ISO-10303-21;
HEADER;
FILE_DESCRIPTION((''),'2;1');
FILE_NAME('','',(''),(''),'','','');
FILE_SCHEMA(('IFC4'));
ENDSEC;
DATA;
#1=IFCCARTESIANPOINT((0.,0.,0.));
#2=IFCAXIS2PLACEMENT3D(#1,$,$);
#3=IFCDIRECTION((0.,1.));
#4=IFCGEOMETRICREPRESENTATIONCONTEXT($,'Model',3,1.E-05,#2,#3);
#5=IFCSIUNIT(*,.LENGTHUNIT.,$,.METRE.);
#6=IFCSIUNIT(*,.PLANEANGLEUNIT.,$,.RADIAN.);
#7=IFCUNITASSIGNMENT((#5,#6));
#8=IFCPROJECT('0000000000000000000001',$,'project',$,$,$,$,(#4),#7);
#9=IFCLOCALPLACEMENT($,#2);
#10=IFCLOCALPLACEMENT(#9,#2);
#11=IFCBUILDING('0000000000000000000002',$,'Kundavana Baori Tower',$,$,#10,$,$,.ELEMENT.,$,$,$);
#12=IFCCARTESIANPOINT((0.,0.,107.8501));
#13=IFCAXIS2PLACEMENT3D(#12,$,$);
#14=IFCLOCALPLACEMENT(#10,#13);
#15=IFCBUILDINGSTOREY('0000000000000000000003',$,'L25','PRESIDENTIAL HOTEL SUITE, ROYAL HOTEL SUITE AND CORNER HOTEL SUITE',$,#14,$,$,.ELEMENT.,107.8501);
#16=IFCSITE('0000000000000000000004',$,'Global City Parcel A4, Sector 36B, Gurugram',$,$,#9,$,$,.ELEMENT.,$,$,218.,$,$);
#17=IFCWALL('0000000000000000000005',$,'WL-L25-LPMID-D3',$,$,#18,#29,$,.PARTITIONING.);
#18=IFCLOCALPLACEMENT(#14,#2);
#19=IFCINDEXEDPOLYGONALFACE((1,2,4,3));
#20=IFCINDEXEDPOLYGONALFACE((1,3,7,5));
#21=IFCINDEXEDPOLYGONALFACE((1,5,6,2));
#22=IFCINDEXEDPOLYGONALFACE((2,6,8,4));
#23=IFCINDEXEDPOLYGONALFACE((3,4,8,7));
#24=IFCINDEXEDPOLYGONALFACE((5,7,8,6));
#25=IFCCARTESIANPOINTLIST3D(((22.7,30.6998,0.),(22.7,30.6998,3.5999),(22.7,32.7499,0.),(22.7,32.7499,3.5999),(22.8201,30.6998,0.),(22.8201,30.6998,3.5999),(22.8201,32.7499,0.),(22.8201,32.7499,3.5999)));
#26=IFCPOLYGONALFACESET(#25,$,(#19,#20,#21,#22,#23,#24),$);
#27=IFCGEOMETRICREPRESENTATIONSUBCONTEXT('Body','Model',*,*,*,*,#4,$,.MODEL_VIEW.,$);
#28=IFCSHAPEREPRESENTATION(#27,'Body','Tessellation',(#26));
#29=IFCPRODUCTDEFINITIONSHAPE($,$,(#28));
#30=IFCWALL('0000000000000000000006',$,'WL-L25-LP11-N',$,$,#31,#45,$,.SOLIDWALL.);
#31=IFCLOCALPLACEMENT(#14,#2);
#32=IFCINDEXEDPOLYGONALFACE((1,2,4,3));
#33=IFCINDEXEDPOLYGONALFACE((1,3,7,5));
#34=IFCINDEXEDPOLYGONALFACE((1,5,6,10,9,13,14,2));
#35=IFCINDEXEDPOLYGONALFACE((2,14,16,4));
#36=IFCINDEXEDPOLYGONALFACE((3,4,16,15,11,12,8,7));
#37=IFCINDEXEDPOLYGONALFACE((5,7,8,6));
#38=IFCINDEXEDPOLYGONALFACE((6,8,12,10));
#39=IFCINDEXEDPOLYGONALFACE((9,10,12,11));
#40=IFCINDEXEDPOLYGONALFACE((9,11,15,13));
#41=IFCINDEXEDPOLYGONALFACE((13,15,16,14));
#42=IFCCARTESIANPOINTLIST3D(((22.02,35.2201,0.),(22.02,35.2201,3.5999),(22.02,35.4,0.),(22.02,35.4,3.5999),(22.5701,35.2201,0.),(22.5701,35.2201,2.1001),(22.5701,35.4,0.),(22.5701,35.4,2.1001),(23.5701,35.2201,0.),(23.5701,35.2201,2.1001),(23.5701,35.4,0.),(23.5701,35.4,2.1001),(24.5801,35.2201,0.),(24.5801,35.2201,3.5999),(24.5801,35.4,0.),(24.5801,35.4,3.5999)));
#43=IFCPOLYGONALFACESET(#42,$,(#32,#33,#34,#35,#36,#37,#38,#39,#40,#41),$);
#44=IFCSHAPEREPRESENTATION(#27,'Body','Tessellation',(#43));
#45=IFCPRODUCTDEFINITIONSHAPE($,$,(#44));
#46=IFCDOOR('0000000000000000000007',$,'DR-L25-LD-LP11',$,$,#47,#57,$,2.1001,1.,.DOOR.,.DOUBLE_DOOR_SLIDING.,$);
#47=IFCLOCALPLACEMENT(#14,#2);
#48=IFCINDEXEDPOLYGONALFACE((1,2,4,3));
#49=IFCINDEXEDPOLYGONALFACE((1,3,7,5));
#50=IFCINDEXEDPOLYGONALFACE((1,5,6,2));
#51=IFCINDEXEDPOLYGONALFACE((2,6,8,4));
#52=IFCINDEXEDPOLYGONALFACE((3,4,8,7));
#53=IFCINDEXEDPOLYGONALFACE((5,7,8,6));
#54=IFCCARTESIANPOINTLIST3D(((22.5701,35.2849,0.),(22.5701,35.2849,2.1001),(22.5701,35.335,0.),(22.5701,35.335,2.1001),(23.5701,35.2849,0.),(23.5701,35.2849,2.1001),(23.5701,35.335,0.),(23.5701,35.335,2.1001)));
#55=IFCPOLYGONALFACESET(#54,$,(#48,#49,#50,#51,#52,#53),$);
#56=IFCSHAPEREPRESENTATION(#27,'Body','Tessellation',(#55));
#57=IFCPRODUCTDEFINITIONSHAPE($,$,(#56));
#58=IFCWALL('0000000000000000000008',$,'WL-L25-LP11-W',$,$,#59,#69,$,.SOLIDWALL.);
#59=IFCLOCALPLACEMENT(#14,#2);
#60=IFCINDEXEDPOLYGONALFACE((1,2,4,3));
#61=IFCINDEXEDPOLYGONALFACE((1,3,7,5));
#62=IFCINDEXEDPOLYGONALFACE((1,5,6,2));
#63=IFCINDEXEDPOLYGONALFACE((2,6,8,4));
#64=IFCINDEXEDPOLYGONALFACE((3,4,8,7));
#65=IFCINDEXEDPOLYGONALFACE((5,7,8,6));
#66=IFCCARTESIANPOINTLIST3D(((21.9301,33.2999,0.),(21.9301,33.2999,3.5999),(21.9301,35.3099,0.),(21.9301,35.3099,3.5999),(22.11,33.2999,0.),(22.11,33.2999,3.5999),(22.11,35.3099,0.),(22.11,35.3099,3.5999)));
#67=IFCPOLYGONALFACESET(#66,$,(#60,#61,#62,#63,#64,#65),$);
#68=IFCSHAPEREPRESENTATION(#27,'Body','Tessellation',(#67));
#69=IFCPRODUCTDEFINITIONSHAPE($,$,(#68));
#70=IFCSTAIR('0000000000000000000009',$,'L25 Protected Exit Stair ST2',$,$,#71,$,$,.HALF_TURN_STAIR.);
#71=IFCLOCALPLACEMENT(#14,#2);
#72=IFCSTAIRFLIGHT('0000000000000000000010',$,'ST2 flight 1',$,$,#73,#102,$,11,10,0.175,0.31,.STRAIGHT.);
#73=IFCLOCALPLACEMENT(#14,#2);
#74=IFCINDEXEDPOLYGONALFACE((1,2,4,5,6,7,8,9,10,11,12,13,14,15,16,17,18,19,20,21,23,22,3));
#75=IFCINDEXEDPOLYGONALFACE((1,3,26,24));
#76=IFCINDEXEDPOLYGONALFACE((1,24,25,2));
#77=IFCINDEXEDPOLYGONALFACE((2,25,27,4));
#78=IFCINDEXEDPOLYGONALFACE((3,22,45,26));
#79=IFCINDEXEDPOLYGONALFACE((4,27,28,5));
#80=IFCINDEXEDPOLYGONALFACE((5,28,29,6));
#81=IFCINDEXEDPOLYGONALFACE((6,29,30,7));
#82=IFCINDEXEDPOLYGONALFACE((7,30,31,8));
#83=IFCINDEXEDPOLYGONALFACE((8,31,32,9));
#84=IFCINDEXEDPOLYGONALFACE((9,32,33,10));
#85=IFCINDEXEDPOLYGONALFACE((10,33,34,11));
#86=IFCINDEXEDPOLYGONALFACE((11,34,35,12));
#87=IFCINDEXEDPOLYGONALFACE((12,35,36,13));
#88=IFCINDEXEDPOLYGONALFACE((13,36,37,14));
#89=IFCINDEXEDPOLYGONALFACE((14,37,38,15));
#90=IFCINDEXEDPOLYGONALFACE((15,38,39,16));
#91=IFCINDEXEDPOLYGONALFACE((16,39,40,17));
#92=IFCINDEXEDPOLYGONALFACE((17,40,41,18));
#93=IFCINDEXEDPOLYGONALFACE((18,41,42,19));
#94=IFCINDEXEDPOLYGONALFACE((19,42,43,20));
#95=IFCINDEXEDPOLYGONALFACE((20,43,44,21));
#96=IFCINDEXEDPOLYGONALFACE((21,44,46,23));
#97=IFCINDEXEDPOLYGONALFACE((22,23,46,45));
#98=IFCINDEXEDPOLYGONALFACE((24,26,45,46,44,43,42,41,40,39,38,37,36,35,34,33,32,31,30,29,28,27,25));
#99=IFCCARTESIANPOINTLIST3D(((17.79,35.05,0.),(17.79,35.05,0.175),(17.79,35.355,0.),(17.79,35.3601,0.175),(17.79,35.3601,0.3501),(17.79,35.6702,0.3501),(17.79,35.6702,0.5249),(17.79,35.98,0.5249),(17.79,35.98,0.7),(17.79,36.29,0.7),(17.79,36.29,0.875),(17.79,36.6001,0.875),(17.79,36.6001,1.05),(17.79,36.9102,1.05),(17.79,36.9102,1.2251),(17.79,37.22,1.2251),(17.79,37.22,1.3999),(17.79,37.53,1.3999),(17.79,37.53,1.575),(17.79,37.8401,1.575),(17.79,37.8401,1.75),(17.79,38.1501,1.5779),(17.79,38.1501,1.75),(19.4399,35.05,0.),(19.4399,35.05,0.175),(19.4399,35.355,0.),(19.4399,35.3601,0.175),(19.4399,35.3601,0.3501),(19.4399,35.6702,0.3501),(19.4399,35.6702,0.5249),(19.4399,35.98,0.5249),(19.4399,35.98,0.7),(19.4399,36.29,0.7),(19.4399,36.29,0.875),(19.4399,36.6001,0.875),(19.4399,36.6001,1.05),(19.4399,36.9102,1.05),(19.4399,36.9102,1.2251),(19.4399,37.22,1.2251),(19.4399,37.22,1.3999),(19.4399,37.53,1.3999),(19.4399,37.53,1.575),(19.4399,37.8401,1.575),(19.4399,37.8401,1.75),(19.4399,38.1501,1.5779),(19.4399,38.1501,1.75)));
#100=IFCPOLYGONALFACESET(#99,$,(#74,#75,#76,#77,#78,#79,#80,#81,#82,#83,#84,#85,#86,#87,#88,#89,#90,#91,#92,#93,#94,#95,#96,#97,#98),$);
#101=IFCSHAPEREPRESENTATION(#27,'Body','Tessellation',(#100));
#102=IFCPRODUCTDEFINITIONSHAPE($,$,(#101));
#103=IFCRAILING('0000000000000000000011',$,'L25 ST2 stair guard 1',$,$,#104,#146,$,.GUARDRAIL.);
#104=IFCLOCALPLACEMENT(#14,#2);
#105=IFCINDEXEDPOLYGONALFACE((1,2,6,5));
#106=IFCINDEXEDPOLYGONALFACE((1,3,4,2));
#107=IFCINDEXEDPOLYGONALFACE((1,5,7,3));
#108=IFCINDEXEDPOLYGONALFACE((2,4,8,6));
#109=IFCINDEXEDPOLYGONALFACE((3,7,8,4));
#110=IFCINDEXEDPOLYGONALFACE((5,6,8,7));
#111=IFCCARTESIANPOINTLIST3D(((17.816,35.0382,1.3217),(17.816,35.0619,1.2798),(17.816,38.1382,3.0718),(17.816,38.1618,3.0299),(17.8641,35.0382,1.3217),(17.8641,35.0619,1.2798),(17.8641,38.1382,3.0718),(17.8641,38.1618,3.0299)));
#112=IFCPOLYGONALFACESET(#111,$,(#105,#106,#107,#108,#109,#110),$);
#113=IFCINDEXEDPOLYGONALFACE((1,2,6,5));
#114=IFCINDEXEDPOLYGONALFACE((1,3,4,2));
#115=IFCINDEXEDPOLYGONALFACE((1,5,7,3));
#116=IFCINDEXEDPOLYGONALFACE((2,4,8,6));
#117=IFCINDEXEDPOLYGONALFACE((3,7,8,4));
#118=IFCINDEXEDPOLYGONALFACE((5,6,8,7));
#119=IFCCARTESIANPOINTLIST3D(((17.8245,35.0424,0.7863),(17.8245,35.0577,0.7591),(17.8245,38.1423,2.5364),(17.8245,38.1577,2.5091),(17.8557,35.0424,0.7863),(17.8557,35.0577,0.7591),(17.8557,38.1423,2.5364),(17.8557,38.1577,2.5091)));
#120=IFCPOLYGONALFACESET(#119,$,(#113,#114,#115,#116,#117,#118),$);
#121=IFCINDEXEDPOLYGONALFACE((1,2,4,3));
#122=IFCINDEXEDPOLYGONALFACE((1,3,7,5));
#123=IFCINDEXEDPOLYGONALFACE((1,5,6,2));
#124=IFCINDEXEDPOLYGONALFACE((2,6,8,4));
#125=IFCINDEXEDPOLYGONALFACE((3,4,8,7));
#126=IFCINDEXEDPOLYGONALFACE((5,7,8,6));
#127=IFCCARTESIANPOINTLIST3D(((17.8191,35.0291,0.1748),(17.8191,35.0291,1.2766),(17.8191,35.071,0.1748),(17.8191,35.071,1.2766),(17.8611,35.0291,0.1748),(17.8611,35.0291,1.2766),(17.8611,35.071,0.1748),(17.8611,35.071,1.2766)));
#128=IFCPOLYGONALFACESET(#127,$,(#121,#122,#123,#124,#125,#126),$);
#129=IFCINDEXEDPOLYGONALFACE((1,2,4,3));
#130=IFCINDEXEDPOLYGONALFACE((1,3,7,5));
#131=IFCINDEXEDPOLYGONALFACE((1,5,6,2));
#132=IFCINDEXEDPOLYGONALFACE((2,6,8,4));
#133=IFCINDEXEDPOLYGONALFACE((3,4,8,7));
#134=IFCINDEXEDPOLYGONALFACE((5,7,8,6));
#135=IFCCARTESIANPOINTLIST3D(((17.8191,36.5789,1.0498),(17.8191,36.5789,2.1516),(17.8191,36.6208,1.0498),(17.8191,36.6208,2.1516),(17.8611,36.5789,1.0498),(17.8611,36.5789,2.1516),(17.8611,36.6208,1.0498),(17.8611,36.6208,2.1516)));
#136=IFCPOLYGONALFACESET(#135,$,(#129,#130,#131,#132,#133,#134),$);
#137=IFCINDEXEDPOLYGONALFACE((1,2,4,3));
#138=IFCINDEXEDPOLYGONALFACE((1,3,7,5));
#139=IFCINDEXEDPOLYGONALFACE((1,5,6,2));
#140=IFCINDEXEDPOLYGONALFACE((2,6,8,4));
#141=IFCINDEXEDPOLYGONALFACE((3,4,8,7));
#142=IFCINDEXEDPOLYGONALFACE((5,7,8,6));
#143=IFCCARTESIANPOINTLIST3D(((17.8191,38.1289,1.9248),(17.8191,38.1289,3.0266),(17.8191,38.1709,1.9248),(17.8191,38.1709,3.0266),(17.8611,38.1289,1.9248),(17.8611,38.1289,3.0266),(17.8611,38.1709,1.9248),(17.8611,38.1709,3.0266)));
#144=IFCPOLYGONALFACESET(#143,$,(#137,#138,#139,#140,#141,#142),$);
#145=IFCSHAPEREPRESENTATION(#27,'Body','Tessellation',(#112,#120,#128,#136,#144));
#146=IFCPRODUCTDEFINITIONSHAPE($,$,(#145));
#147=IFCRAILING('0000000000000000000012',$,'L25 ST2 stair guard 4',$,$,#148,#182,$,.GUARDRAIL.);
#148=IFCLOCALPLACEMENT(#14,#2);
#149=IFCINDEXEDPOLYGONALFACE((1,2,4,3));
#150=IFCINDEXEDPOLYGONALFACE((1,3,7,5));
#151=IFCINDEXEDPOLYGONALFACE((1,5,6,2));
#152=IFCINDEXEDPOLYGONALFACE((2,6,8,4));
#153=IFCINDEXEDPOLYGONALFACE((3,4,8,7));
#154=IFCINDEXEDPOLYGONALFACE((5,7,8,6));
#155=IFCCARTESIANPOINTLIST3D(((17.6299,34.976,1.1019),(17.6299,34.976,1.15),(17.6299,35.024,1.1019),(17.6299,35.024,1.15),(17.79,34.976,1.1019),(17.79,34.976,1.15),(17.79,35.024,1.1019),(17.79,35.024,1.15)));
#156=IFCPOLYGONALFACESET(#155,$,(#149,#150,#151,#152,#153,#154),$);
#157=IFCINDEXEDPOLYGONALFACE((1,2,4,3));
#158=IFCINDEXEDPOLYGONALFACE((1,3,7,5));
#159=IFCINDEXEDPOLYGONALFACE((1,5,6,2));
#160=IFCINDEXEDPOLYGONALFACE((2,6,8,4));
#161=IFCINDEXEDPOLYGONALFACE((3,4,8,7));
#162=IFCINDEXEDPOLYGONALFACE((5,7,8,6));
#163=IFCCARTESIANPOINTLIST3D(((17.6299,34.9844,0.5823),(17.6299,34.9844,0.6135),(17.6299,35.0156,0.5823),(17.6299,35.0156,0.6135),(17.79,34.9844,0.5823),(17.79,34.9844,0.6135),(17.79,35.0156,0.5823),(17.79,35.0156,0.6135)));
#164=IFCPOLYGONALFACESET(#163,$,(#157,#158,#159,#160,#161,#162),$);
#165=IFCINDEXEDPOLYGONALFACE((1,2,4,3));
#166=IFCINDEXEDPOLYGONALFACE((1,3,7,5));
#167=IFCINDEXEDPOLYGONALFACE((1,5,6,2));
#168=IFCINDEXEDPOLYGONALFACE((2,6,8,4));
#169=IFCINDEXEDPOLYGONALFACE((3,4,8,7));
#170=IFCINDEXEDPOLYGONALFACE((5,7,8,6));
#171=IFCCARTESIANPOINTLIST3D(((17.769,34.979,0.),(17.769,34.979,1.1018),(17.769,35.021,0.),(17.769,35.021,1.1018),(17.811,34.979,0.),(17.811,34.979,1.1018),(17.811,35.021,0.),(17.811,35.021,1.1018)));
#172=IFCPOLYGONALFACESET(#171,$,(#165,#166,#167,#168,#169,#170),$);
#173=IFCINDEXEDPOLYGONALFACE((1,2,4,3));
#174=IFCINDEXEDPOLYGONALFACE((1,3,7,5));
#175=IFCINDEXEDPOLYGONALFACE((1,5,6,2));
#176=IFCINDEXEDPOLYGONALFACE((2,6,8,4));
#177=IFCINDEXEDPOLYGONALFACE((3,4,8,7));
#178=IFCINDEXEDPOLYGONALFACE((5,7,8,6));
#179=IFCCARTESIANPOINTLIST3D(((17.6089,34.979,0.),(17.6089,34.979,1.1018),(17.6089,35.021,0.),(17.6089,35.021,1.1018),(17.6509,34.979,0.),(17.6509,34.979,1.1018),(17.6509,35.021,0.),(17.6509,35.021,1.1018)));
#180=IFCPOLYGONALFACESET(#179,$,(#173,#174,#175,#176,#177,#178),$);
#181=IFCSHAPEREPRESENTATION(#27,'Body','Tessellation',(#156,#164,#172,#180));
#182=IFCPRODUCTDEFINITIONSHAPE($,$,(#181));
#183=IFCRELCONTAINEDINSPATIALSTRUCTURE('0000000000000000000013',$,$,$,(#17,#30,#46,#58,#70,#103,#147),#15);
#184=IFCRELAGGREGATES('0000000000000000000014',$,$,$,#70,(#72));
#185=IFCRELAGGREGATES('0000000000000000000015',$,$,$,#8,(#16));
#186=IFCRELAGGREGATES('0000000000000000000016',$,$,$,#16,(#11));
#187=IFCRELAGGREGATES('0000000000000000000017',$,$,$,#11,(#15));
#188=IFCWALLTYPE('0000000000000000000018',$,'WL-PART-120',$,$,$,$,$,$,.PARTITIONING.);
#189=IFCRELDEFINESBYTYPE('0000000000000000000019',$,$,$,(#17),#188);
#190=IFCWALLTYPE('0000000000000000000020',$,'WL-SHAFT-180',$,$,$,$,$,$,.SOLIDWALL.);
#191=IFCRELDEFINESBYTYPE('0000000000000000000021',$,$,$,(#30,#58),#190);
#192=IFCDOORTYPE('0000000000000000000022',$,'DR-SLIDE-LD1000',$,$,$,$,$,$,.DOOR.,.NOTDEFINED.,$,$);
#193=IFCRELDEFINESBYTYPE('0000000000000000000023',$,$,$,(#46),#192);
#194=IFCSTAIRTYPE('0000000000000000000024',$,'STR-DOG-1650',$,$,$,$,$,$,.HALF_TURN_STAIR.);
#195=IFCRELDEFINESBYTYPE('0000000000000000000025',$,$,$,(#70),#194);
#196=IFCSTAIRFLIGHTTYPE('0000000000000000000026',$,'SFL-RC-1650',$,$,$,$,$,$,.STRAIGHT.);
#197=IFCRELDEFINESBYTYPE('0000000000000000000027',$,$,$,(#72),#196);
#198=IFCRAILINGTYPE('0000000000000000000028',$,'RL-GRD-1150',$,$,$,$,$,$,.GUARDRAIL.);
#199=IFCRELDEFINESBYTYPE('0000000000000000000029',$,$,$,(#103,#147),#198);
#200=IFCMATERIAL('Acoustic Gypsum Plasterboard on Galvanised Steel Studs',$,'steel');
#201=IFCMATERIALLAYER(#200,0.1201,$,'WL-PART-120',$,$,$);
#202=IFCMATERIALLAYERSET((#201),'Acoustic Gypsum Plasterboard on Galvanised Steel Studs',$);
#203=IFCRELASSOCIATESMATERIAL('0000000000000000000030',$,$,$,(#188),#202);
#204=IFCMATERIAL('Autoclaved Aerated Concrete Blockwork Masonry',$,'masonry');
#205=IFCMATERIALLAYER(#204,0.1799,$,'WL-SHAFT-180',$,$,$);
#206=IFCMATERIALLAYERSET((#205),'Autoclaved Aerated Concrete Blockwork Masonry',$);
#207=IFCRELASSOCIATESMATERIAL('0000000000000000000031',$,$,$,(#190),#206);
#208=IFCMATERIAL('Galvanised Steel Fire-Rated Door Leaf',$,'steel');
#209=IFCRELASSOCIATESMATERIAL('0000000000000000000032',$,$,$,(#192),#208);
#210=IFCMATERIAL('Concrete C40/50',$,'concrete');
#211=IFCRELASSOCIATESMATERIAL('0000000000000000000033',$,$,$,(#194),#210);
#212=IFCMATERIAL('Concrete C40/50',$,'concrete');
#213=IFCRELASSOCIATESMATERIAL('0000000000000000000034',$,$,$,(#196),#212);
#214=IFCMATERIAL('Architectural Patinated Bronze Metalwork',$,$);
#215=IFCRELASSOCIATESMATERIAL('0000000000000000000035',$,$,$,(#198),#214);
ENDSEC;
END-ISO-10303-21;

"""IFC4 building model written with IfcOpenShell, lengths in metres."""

from ifc_helpers import new_model, si_unit, direction, frame, frame_2d, origin, origin_2d, place, context, subcontext, project, spatial, polyline, rectangle, outline, extrude, material, layer, layer_set, type_object, element, fill, aggregate, save


model = new_model("IFC4")

# Units and contexts
model_context = context("Model", 3, precision=1e-05, world=origin(), true_north=direction((0.0, 1.0)))
body_context = subcontext(model_context, "Body", "Model", "MODEL_VIEW")
ifc_project = project(units=[si_unit("LENGTHUNIT", "METRE"), si_unit("PLANEANGLEUNIT", "RADIAN")], contexts=[model_context])

# Site, building, storey
site_placement = place(None, origin())
site = spatial("IfcSite", under=ifc_project, at=site_placement, Name="Global City Parcel A4, Sector 36B, Gurugram", CompositionType="ELEMENT", RefElevation=218.0)
building_placement = place(site_placement, origin())
building = spatial("IfcBuilding", under=site, at=building_placement, Name="Kundavana Baori Tower", CompositionType="ELEMENT")
storey_placement = place(building_placement, frame((0.0, 0.0, 107.8501)))
storey = spatial("IfcBuildingStorey", under=building, at=storey_placement, Name="L25", Description="PRESIDENTIAL HOTEL SUITE, ROYAL HOTEL SUITE AND CORNER HOTEL SUITE", CompositionType="ELEMENT", Elevation=107.8501)

# Wall
ifc_material_1 = material(Name="Acoustic Gypsum Plasterboard on Galvanised Steel Studs", Category="steel")
ifc_layer_1 = layer(ifc_material_1, 0.1201, Name="WL-PART-120")
ifc_layer_set_1 = layer_set([ifc_layer_1], Name="Acoustic Gypsum Plasterboard on Galvanised Steel Studs")
wall_type_1 = type_object("IfcWallType", Name="WL-PART-120", PredefinedType="PARTITIONING", material=ifc_layer_set_1)
for number, where, z_axis, x_axis, name in (
    (1, (22.76, 30.7, 0.0), (0.0, 0.0, 1.0), (0.0, 1.0, 0.0), "WL-L25-LPMID-D3"),
):
    element("IfcWall", number, at=place(storey_placement, frame(where, z_axis=z_axis, x_axis=x_axis)), inside=storey, type_object=wall_type_1, Name=name, PredefinedType="PARTITIONING", context=body_context, shape_type="SweptSolid", body=[
        extrude(rectangle(XDim=2.05, YDim=0.1201, at=frame_2d((1.0249, 0.0))), origin(), (0.0, 0.0, 1.0), 3.5999),
    ])

# Wall, opening, door
ifc_material_2 = material(Name="Autoclaved Aerated Concrete Blockwork Masonry", Category="masonry")
ifc_layer_2 = layer(ifc_material_2, 0.1799, Name="WL-SHAFT-180")
ifc_layer_set_2 = layer_set([ifc_layer_2], Name="Autoclaved Aerated Concrete Blockwork Masonry")
wall_type_2 = type_object("IfcWallType", Name="WL-SHAFT-180", PredefinedType="SOLIDWALL", material=ifc_layer_set_2)
wall_1_placement = place(storey_placement, frame((22.02, 35.3101, 0.0), z_axis=(0.0, 0.0, 1.0), x_axis=(1.0, 0.0, 0.0)))
wall_1 = element("IfcWall", 2, at=wall_1_placement, inside=storey, type_object=wall_type_2, Name="WL-L25-LP11-N", PredefinedType="SOLIDWALL", context=body_context, shape_type="SweptSolid", body=[
    extrude(rectangle(XDim=2.5601, YDim=0.1799, at=frame_2d((1.28, 0.0))), origin(), (0.0, 0.0, 1.0), 3.5999),
])
opening_1_placement = place(wall_1_placement, frame((0.55, 0.0, 0.0)))
opening_1 = element("IfcOpeningElement", 3, at=opening_1_placement, cuts=wall_1, PredefinedType="OPENING", context=body_context, shape_type="SweptSolid", body=[
    extrude(rectangle(XDim=1.0, YDim=2.1001, at=frame_2d((0.5, 1.05))), frame((0.0, 0.1001, 0.0), z_axis=(0.0, -1.0, 0.0), x_axis=(1.0, 0.0, 0.0)), (0.0, 0.0, 1.0), 0.2),
])
ifc_material_3 = material(Name="Galvanised Steel Fire-Rated Door Leaf", Category="steel")
door_type_1 = type_object("IfcDoorType", Name="DR-SLIDE-LD1000", OperationType="NOTDEFINED", PredefinedType="DOOR", material=ifc_material_3)
door_1_placement = place(opening_1_placement, origin())
door_1 = element("IfcDoor", 4, at=door_1_placement, inside=storey, type_object=door_type_1, Name="DR-L25-LD-LP11", OperationType="DOUBLE_DOOR_SLIDING", OverallHeight=2.1001, OverallWidth=1.0, PredefinedType="DOOR", context=body_context, shape_type="SweptSolid", body=[
    extrude(rectangle(XDim=1.0, YDim=2.1001, at=frame_2d((0.5, 1.05))), frame((0.0, 0.0249, 0.0), z_axis=(0.0, -1.0, 0.0), x_axis=(1.0, 0.0, 0.0)), (0.0, 0.0, 1.0), 0.05),
])
fill(opening_1, door_1)

# Wall
wall_2_placement = place(storey_placement, frame((22.02, 33.3, 0.0), z_axis=(0.0, 0.0, 1.0), x_axis=(0.0, 1.0, 0.0)))
element("IfcWall", 5, at=wall_2_placement, inside=storey, type_object=wall_type_2, Name="WL-L25-LP11-W", PredefinedType="SOLIDWALL", context=body_context, shape_type="SweptSolid", body=[
    extrude(rectangle(XDim=2.01, YDim=0.1799, at=frame_2d((1.0049, 0.0))), origin(), (0.0, 0.0, 1.0), 3.5999),
])

# Stair, stair flight
ifc_material_4 = material(Name="Concrete C40/50", Category="concrete")
stair_type = type_object("IfcStairType", Name="STR-DOG-1650", PredefinedType="HALF_TURN_STAIR", material=ifc_material_4)
stair_placement = place(storey_placement, origin())
stair = element("IfcStair", 6, at=stair_placement, inside=storey, type_object=stair_type, Name="L25 Protected Exit Stair ST2", PredefinedType="HALF_TURN_STAIR")
ifc_material_5 = material(Name="Concrete C40/50", Category="concrete")
stair_flight_type = type_object("IfcStairFlightType", Name="SFL-RC-1650", PredefinedType="STRAIGHT", material=ifc_material_5)
stair_flight_placement = place(storey_placement, frame((18.615, 35.05, 0.0), z_axis=(0.0, 0.0, 1.0), x_axis=(0.0, 1.0, 0.0)))
stair_flight = element("IfcStairFlight", 7, at=stair_flight_placement, type_object=stair_flight_type, Name="ST2 flight 1", NumberOfRisers=11, NumberOfTreads=10, PredefinedType="STRAIGHT", RiserHeight=0.175, TreadLength=0.31, context=body_context, shape_type="SweptSolid", body=[
    extrude(outline(polyline([(0.0, 0.0), (0.0, 0.175), (0.3101, 0.175), (0.3101, 0.3501), (0.6201, 0.3501), (0.6201, 0.5249), (0.9299, 0.5249), (0.9299, 0.7), (1.24, 0.7), (1.24, 0.875), (1.55, 0.875), (1.55, 1.05), (1.8601, 1.05), (1.8601, 1.2251), (2.1699, 1.2251), (2.1699, 1.3999), (2.48, 1.3999), (2.48, 1.575), (2.79, 1.575), (2.79, 1.75), (3.1001, 1.75), (3.1001, 1.925), (3.1001, 1.5779), (0.3049, 0.0), (0.0, 0.0)])), frame((0.0, 0.825, 0.0), z_axis=(0.0, -1.0, 0.0), x_axis=(1.0, 0.0, 0.0)), (0.0, 0.0, 1.0), 1.6499),
])
aggregate(stair, [stair_flight])

# Railings
ifc_material_6 = material(Name="Architectural Patinated Bronze Metalwork")
railing_type_1 = type_object("IfcRailingType", Name="RL-GRD-1150", PredefinedType="GUARDRAIL", material=ifc_material_6)
railing_1_placement = place(storey_placement, frame((17.8401, 35.05, 0.1748)))
element("IfcRailing", 8, at=railing_1_placement, inside=storey, type_object=railing_type_1, Name="L25 ST2 stair guard 1", PredefinedType="GUARDRAIL", context=body_context, shape_type="SweptSolid", body=[
    extrude(rectangle(XDim=0.0481, YDim=0.0481, at=origin_2d()), frame((0.0, 0.0, 1.126), z_axis=(0.0, 0.870814, 0.491612), x_axis=(-1.0, 0.0, 0.0)), (0.0, 0.0, 1.0), 3.5598),
    extrude(rectangle(XDim=0.0312, YDim=0.0312, at=origin_2d()), frame((0.0, 0.0, 0.5979), z_axis=(0.0, 0.870814, 0.491612), x_axis=(-1.0, 0.0, 0.0)), (0.0, 0.0, 1.0), 3.5598),
    extrude(rectangle(XDim=0.042, YDim=0.042, at=origin_2d()), origin(), (0.0, 0.0, 1.0), 1.1018),
    extrude(rectangle(XDim=0.042, YDim=0.042, at=origin_2d()), frame((0.0, 1.5498, 0.875)), (0.0, 0.0, 1.0), 1.1018),
    extrude(rectangle(XDim=0.042, YDim=0.042, at=origin_2d()), frame((0.0, 3.0999, 1.75)), (0.0, 0.0, 1.0), 1.1018),
])
railing_2_placement = place(storey_placement, frame((17.79, 35.0, 0.0)))
element("IfcRailing", 9, at=railing_2_placement, inside=storey, type_object=railing_type_1, Name="L25 ST2 stair guard 4", PredefinedType="GUARDRAIL", context=body_context, shape_type="SweptSolid", body=[
    extrude(rectangle(XDim=0.0481, YDim=0.0481, at=origin_2d()), frame((0.0, 0.0, 1.126), z_axis=(-1.0, 0.0, 0.0), x_axis=(0.0, -1.0, 0.0)), (0.0, 0.0, 1.0), 0.1602),
    extrude(rectangle(XDim=0.0312, YDim=0.0312, at=origin_2d()), frame((0.0, 0.0, 0.5979), z_axis=(-1.0, 0.0, 0.0), x_axis=(0.0, -1.0, 0.0)), (0.0, 0.0, 1.0), 0.1602),
    extrude(rectangle(XDim=0.042, YDim=0.042, at=origin_2d()), origin(), (0.0, 0.0, 1.0), 1.1018),
    extrude(rectangle(XDim=0.042, YDim=0.042, at=origin_2d()), frame((-0.1602, 0.0, 0.0)), (0.0, 0.0, 1.0), 1.1018),
])

save(model, "model.ifc")
